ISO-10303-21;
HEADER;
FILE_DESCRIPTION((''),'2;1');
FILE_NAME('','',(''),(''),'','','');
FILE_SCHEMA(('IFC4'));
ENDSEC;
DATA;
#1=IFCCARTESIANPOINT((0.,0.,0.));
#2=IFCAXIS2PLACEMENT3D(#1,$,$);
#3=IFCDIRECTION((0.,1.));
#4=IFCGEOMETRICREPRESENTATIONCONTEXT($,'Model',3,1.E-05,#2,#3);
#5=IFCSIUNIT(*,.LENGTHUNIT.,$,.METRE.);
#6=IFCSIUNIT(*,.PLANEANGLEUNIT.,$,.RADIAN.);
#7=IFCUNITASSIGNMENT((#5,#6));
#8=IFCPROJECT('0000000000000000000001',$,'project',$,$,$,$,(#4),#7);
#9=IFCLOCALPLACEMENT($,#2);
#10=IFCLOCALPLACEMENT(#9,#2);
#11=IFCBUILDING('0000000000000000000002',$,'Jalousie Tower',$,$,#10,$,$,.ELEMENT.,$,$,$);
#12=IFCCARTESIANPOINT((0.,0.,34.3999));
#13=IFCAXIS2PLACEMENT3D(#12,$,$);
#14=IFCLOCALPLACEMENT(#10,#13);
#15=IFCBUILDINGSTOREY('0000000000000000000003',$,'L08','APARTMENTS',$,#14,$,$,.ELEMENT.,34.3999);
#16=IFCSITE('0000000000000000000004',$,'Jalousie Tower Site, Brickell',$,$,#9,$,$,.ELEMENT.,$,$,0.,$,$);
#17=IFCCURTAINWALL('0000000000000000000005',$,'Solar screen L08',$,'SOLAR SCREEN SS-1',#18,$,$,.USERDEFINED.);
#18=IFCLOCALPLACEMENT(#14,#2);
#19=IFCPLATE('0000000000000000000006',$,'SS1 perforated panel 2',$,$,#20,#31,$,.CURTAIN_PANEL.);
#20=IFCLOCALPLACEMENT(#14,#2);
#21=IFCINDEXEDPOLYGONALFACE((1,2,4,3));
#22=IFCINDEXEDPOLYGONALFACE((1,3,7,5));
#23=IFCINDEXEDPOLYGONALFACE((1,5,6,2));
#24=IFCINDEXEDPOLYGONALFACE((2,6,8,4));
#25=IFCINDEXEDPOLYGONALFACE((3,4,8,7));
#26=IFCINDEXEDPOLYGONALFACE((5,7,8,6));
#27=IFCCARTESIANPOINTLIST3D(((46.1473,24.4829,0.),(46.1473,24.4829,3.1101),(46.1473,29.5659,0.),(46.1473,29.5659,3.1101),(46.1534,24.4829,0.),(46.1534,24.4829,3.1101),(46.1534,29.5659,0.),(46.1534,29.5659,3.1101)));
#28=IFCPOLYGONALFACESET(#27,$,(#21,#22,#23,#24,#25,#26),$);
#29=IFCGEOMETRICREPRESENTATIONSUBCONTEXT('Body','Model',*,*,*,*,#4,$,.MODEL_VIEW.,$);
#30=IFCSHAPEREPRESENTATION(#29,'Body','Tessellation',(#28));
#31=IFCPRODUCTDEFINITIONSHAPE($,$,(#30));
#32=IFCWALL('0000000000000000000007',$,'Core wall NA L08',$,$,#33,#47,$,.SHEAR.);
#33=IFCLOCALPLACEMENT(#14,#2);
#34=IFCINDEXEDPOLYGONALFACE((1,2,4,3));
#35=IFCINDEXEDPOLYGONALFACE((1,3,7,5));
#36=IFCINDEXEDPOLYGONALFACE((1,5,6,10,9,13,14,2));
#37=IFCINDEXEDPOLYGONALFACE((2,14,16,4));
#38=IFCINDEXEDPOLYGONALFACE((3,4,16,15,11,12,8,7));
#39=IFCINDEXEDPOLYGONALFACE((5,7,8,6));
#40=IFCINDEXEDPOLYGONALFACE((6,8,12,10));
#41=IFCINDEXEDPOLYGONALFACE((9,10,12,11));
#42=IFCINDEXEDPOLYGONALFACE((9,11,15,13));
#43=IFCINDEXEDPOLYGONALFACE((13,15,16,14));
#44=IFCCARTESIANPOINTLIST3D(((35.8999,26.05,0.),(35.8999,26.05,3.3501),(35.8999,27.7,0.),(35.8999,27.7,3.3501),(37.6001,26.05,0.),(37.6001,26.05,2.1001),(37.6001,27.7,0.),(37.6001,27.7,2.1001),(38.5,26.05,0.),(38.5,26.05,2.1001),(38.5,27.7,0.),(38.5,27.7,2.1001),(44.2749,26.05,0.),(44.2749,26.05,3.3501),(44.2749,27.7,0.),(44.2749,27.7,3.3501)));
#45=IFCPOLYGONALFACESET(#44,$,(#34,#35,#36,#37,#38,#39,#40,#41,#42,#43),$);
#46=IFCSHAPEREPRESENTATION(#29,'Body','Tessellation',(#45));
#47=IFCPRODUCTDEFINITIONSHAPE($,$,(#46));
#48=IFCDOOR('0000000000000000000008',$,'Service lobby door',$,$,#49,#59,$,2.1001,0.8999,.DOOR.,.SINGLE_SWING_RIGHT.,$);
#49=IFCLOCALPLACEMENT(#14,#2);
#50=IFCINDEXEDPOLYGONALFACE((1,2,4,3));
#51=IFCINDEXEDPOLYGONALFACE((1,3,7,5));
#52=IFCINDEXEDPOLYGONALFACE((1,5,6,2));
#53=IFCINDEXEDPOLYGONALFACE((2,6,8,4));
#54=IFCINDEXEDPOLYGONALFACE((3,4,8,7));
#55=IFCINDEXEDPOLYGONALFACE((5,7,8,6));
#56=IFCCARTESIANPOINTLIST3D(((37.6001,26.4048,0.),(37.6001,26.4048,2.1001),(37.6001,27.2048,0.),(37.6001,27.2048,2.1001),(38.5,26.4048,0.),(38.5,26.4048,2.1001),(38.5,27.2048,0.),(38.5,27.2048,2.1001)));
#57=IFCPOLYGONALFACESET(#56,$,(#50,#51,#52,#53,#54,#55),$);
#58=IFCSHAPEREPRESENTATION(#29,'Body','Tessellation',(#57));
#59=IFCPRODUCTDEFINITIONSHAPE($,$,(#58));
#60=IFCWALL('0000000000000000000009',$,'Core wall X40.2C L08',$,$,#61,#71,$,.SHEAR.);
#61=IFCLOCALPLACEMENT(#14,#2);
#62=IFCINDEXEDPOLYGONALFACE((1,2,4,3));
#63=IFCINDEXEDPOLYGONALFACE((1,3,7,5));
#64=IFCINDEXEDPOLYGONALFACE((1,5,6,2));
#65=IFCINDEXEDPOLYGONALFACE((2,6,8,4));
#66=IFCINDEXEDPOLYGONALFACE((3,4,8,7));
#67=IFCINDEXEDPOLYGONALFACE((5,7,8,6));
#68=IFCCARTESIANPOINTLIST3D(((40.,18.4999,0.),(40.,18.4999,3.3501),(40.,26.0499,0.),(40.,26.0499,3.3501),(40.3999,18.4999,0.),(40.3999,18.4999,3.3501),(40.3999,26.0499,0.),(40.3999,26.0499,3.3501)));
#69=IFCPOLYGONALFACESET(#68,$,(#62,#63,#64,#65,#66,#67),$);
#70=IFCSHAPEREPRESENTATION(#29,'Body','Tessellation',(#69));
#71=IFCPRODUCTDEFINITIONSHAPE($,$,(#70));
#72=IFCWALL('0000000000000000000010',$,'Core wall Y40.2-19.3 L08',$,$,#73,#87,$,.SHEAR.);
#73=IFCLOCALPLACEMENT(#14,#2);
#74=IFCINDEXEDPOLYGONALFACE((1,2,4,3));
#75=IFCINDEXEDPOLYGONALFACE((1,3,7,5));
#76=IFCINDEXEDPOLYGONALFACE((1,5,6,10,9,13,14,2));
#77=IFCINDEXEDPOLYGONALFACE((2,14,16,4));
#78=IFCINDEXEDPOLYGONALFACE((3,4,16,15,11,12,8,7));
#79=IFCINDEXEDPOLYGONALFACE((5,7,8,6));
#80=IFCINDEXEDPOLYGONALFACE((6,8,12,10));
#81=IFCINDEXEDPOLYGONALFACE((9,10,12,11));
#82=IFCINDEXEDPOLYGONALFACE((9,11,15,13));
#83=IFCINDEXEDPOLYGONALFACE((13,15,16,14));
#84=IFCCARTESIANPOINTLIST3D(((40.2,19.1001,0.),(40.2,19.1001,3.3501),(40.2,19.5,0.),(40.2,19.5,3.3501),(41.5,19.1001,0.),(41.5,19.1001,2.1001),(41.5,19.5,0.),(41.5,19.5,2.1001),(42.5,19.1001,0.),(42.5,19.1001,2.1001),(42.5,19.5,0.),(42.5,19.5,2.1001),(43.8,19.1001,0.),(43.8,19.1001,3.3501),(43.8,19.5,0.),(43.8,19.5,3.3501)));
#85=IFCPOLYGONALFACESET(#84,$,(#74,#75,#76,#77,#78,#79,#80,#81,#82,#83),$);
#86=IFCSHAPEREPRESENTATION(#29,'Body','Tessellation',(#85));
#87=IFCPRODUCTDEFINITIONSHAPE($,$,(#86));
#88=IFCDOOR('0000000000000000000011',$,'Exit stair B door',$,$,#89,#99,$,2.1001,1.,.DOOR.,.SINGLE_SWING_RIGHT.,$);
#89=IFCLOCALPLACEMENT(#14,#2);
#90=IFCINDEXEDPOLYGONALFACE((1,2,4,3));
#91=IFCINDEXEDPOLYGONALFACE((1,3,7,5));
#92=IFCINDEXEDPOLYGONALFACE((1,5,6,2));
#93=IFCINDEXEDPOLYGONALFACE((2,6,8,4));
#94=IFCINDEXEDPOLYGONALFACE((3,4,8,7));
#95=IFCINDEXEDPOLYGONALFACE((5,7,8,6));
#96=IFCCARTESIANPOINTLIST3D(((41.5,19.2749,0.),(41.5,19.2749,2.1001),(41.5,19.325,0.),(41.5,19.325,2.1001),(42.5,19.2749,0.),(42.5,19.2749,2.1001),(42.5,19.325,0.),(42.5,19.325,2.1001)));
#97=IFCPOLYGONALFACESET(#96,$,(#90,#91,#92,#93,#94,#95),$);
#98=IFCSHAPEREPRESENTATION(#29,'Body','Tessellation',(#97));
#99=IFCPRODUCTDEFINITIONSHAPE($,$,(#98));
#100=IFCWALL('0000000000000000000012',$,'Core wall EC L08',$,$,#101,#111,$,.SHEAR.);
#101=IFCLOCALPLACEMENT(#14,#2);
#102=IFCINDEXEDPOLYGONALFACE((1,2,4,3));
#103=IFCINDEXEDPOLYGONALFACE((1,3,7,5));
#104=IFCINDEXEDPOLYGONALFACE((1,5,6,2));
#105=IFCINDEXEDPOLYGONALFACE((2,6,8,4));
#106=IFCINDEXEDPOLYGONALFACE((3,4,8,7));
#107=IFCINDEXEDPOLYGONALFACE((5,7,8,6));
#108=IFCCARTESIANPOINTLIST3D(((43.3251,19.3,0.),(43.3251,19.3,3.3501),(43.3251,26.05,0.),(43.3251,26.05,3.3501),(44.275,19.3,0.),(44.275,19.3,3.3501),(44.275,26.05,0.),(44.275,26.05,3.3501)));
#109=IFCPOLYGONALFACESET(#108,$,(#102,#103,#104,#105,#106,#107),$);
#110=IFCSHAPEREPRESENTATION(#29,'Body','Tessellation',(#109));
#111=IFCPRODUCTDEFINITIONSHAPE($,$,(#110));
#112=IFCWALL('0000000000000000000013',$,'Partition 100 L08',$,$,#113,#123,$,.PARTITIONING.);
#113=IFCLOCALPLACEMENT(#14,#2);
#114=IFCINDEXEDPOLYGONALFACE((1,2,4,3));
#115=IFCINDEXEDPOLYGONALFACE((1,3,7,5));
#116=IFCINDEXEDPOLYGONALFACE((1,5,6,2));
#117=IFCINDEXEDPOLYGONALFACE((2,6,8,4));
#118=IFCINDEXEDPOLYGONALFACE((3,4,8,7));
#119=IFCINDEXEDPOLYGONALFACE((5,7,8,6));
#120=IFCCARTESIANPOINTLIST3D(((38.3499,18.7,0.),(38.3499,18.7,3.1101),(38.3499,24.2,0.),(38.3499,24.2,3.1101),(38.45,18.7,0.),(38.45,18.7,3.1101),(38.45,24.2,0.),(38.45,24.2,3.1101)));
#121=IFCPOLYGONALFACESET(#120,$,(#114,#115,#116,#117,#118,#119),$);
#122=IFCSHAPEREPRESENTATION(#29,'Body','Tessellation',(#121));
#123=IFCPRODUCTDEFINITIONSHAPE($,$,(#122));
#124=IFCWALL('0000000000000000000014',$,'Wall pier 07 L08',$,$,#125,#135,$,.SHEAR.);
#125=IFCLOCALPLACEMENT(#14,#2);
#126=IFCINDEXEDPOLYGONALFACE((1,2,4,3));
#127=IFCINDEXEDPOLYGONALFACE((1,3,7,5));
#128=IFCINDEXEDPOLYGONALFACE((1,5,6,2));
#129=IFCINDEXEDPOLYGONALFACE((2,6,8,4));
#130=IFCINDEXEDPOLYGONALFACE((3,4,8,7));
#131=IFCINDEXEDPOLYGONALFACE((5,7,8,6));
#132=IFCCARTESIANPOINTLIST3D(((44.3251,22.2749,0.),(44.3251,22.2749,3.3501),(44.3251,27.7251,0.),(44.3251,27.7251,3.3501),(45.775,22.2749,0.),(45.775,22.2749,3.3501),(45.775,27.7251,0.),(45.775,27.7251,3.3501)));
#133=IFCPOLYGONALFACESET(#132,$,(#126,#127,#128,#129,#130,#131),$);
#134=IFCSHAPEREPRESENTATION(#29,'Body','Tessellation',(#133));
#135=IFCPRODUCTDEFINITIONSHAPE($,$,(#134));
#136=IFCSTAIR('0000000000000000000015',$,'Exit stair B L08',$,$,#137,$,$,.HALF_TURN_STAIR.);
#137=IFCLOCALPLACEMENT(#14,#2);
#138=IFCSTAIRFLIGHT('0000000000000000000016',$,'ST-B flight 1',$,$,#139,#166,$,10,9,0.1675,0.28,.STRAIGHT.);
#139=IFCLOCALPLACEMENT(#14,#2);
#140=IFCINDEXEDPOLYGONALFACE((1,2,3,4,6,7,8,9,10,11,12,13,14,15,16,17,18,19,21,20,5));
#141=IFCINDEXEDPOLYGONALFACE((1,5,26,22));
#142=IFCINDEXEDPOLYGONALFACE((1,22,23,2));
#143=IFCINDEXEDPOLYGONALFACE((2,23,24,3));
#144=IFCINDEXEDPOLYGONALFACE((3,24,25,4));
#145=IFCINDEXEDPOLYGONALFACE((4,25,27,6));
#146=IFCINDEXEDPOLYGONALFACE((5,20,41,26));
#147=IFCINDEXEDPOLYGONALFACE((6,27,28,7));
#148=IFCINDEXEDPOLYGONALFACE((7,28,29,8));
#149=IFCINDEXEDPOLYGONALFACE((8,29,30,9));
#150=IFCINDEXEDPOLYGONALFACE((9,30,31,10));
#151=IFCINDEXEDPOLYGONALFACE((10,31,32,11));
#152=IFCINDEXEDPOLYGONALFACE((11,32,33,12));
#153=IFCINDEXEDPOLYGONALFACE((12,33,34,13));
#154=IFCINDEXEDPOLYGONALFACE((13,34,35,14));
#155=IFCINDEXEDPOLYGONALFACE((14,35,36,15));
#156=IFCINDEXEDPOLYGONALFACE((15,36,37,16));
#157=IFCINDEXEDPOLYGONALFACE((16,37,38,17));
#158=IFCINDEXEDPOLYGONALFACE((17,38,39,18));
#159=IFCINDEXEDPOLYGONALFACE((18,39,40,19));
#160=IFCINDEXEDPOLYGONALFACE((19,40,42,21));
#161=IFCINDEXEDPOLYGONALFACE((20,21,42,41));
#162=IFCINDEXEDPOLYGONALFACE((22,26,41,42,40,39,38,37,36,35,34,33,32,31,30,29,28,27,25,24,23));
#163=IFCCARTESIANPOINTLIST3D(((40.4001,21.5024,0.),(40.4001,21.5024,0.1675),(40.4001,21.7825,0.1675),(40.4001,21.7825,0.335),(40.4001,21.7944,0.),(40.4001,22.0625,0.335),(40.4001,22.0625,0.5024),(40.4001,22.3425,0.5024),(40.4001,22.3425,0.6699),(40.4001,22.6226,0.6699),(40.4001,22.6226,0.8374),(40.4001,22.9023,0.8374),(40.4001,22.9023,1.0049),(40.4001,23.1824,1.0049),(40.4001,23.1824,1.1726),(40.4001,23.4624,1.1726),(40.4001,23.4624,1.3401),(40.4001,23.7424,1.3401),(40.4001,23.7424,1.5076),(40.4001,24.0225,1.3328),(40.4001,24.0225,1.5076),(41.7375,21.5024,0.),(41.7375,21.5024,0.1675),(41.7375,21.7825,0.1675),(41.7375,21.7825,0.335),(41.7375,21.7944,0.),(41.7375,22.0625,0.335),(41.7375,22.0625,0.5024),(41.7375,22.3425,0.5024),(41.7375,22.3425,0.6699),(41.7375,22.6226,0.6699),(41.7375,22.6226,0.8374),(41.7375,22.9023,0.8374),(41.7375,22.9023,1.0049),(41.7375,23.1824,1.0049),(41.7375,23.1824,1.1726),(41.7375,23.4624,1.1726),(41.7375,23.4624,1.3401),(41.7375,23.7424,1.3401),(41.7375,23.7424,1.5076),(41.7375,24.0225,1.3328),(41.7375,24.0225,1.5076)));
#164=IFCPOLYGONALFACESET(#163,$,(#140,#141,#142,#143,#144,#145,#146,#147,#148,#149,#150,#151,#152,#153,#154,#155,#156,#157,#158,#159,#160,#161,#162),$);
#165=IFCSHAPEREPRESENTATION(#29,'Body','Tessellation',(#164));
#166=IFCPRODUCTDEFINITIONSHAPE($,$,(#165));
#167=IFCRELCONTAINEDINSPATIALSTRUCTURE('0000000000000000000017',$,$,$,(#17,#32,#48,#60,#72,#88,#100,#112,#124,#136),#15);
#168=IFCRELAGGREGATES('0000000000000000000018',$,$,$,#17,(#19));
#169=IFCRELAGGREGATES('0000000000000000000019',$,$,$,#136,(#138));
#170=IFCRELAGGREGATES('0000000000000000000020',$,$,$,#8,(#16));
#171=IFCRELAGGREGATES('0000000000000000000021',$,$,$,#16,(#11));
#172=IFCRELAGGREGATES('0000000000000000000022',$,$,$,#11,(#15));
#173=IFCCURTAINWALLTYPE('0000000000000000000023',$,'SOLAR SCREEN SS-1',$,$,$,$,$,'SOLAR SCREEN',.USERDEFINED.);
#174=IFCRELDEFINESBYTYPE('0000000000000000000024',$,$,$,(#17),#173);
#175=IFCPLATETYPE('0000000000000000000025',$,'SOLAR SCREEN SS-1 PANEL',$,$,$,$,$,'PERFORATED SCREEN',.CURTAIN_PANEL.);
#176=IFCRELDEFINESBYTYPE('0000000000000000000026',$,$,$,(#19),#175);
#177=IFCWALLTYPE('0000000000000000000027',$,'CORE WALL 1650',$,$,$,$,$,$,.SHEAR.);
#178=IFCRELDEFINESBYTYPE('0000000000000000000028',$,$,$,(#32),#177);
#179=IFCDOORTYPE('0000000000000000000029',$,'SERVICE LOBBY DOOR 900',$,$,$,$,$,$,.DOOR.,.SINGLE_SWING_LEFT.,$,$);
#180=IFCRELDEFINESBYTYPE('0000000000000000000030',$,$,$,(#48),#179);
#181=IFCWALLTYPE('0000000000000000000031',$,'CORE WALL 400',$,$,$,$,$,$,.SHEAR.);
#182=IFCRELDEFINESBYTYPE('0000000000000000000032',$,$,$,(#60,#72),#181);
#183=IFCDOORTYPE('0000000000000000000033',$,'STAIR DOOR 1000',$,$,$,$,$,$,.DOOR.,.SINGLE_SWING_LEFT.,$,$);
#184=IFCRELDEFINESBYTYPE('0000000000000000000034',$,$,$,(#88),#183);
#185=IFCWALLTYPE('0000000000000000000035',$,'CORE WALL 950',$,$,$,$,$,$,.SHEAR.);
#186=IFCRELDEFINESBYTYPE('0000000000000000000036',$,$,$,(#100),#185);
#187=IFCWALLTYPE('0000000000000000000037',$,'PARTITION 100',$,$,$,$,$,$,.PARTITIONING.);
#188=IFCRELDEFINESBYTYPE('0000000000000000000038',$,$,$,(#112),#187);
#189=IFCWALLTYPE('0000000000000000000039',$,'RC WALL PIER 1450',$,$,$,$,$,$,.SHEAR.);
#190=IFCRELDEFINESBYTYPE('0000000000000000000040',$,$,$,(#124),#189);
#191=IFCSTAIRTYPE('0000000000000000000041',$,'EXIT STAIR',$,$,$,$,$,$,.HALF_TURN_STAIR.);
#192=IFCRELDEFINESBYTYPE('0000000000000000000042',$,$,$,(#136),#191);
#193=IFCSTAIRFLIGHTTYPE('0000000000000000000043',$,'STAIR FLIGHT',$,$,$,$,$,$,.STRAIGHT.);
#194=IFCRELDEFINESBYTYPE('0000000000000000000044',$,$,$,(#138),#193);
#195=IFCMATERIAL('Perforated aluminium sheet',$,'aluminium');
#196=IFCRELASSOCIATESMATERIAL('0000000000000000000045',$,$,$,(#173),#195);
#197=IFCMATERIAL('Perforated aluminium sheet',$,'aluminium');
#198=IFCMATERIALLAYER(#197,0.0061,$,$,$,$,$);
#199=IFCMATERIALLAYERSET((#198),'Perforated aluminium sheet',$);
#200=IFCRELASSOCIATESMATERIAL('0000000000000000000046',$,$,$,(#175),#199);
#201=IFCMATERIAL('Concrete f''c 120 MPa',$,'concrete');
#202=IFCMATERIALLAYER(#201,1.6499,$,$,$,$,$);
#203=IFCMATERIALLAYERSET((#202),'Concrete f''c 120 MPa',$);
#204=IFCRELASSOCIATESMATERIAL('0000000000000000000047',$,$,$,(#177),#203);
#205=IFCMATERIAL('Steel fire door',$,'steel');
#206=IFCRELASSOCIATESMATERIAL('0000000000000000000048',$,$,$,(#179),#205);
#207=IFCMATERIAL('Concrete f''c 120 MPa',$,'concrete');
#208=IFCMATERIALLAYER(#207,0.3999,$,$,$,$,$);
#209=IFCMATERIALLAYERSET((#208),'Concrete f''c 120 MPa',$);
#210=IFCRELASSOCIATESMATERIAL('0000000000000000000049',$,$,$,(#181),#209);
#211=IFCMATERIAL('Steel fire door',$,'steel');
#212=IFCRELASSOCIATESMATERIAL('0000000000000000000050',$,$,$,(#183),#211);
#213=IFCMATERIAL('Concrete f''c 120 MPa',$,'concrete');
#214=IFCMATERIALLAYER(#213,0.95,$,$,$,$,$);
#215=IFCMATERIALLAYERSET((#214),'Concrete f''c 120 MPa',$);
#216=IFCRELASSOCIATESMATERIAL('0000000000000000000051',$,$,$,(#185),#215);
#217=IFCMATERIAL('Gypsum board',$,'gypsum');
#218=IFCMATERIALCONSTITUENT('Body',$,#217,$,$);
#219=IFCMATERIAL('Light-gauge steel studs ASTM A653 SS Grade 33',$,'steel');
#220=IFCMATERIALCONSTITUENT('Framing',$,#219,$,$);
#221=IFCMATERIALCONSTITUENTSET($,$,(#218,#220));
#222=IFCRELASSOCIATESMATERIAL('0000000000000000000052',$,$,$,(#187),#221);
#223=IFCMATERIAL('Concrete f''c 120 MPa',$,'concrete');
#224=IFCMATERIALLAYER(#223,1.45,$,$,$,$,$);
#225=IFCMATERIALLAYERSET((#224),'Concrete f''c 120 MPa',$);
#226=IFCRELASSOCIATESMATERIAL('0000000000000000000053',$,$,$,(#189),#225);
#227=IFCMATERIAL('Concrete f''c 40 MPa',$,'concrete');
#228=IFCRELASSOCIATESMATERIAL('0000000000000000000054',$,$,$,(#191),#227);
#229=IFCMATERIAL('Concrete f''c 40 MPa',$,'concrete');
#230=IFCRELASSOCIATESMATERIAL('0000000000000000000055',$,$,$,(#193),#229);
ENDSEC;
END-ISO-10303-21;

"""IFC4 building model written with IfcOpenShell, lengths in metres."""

from ifc_helpers import new_model, si_unit, direction, frame, frame_2d, origin, origin_2d, place, context, subcontext, project, spatial, polyline, rectangle, outline, extrude, material, layer, layer_set, constituent, constituent_set, type_object, element, fill, aggregate, save


model = new_model("IFC4")

# Units and contexts
model_context = context("Model", 3, precision=1e-05, world=origin(), true_north=direction((0.0, 1.0)))
body_context = subcontext(model_context, "Body", "Model", "MODEL_VIEW")
ifc_project = project(units=[si_unit("LENGTHUNIT", "METRE"), si_unit("PLANEANGLEUNIT", "RADIAN")], contexts=[model_context])

# Site, building, storey
site_placement = place(None, origin())
site = spatial("IfcSite", under=ifc_project, at=site_placement, Name="Jalousie Tower Site, Brickell", CompositionType="ELEMENT", RefElevation=0.0)
building_placement = place(site_placement, origin())
building = spatial("IfcBuilding", under=site, at=building_placement, Name="Jalousie Tower", CompositionType="ELEMENT")
storey_placement = place(building_placement, frame((0.0, 0.0, 34.3999)))
storey = spatial("IfcBuildingStorey", under=building, at=storey_placement, Name="L08", Description="APARTMENTS", CompositionType="ELEMENT", Elevation=34.3999)

# Shared definitions
ifc_material_1 = material(Name="Perforated aluminium sheet", Category="aluminium")
curtain_wall_type = type_object("IfcCurtainWallType", Name="SOLAR SCREEN SS-1", ElementType="SOLAR SCREEN", PredefinedType="USERDEFINED", material=ifc_material_1)

# Curtain wall, plate
curtain_wall_1_placement = place(storey_placement, origin())
curtain_wall_1 = element("IfcCurtainWall", 1, at=curtain_wall_1_placement, inside=storey, type_object=curtain_wall_type, Name="Solar screen L08", ObjectType="SOLAR SCREEN SS-1", PredefinedType="USERDEFINED")
ifc_material_2 = material(Name="Perforated aluminium sheet", Category="aluminium")
ifc_layer_1 = layer(ifc_material_2, 0.0061)
ifc_layer_set_1 = layer_set([ifc_layer_1], Name="Perforated aluminium sheet")
plate_type = type_object("IfcPlateType", Name="SOLAR SCREEN SS-1 PANEL", ElementType="PERFORATED SCREEN", PredefinedType="CURTAIN_PANEL", material=ifc_layer_set_1)
plate_1_placement = place(storey_placement, frame((46.1504, 27.0244, 0.0), z_axis=(0.0, 0.0, 1.0), x_axis=(0.0, 1.0, 0.0)))
plate_1 = element("IfcPlate", 2, at=plate_1_placement, type_object=plate_type, Name="SS1 perforated panel 2", PredefinedType="CURTAIN_PANEL", context=body_context, shape_type="SweptSolid", body=[
    extrude(rectangle(XDim=5.083, YDim=0.0061, at=origin_2d()), origin(), (0.0, 0.0, 1.0), 3.1101),
])
aggregate(curtain_wall_1, [plate_1])

# Wall, opening, door
ifc_material_3 = material(Name="Concrete f'c 120 MPa", Category="concrete")
ifc_layer_2 = layer(ifc_material_3, 1.6499)
ifc_layer_set_2 = layer_set([ifc_layer_2], Name="Concrete f'c 120 MPa")
wall_type_1 = type_object("IfcWallType", Name="CORE WALL 1650", PredefinedType="SHEAR", material=ifc_layer_set_2)
wall_1_placement = place(storey_placement, frame((44.2749, 26.875, 0.0), z_axis=(0.0, 0.0, 1.0), x_axis=(-1.0, 0.0, 0.0)))
wall_1 = element("IfcWall", 3, at=wall_1_placement, inside=storey, type_object=wall_type_1, Name="Core wall NA L08", PredefinedType="SHEAR", context=body_context, shape_type="SweptSolid", body=[
    extrude(rectangle(XDim=8.375, YDim=1.6499, at=frame_2d((4.1875, 0.0))), origin(), (0.0, 0.0, 1.0), 3.3501),
])
opening_1_placement = place(wall_1_placement, frame((5.7749, 0.0, 0.0)))
opening_1 = element("IfcOpeningElement", 4, at=opening_1_placement, cuts=wall_1, PredefinedType="OPENING", context=body_context, shape_type="SweptSolid", body=[
    extrude(rectangle(XDim=0.8999, YDim=2.1001, at=frame_2d((0.45, 1.05))), frame((0.0, 0.835, 0.0), z_axis=(0.0, -1.0, 0.0), x_axis=(1.0, 0.0, 0.0)), (0.0, 0.0, 1.0), 1.6699),
])
ifc_material_4 = material(Name="Steel fire door", Category="steel")
door_type_1 = type_object("IfcDoorType", Name="SERVICE LOBBY DOOR 900", OperationType="SINGLE_SWING_LEFT", PredefinedType="DOOR", material=ifc_material_4)
door_1_placement = place(opening_1_placement, origin())
door_1 = element("IfcDoor", 5, at=door_1_placement, inside=storey, type_object=door_type_1, Name="Service lobby door", OperationType="SINGLE_SWING_RIGHT", OverallHeight=2.1001, OverallWidth=0.8999, PredefinedType="DOOR", context=body_context, shape_type="SweptSolid", body=[
    extrude(rectangle(XDim=0.8999, YDim=2.1001, at=frame_2d((0.45, 1.05))), frame((0.0, 0.4702, 0.0), z_axis=(0.0, -1.0, 0.0), x_axis=(1.0, 0.0, 0.0)), (0.0, 0.0, 1.0), 0.8),
])
fill(opening_1, door_1)

# Wall
ifc_material_5 = material(Name="Concrete f'c 120 MPa", Category="concrete")
ifc_layer_3 = layer(ifc_material_5, 0.3999)
ifc_layer_set_3 = layer_set([ifc_layer_3], Name="Concrete f'c 120 MPa")
wall_type_2 = type_object("IfcWallType", Name="CORE WALL 400", PredefinedType="SHEAR", material=ifc_layer_set_3)
wall_2_placement = place(storey_placement, frame((40.2, 18.5, 0.0), z_axis=(0.0, 0.0, 1.0), x_axis=(0.0, 1.0, 0.0)))
element("IfcWall", 6, at=wall_2_placement, inside=storey, type_object=wall_type_2, Name="Core wall X40.2C L08", PredefinedType="SHEAR", context=body_context, shape_type="SweptSolid", body=[
    extrude(rectangle(XDim=7.55, YDim=0.3999, at=frame_2d((3.7749, 0.0))), origin(), (0.0, 0.0, 1.0), 3.3501),
])

# Wall, opening, door
wall_3_placement = place(storey_placement, frame((40.2, 19.3, 0.0), z_axis=(0.0, 0.0, 1.0), x_axis=(1.0, 0.0, 0.0)))
wall_3 = element("IfcWall", 7, at=wall_3_placement, inside=storey, type_object=wall_type_2, Name="Core wall Y40.2-19.3 L08", PredefinedType="SHEAR", context=body_context, shape_type="SweptSolid", body=[
    extrude(rectangle(XDim=3.6001, YDim=0.3999, at=frame_2d((1.8, 0.0))), origin(), (0.0, 0.0, 1.0), 3.3501),
])
opening_2_placement = place(wall_3_placement, frame((1.3, 0.0, 0.0)))
opening_2 = element("IfcOpeningElement", 8, at=opening_2_placement, cuts=wall_3, PredefinedType="OPENING", context=body_context, shape_type="SweptSolid", body=[
    extrude(rectangle(XDim=1.0, YDim=2.1001, at=frame_2d((0.5, 1.05))), frame((0.0, 0.21, 0.0), z_axis=(0.0, -1.0, 0.0), x_axis=(1.0, 0.0, 0.0)), (0.0, 0.0, 1.0), 0.4199),
])
ifc_material_6 = material(Name="Steel fire door", Category="steel")
door_type_2 = type_object("IfcDoorType", Name="STAIR DOOR 1000", OperationType="SINGLE_SWING_LEFT", PredefinedType="DOOR", material=ifc_material_6)
door_2_placement = place(opening_2_placement, origin())
door_2 = element("IfcDoor", 9, at=door_2_placement, inside=storey, type_object=door_type_2, Name="Exit stair B door", OperationType="SINGLE_SWING_RIGHT", OverallHeight=2.1001, OverallWidth=1.0, PredefinedType="DOOR", context=body_context, shape_type="SweptSolid", body=[
    extrude(rectangle(XDim=1.0, YDim=2.1001, at=frame_2d((0.5, 1.05))), frame((0.0, 0.0249, 0.0), z_axis=(0.0, -1.0, 0.0), x_axis=(1.0, 0.0, 0.0)), (0.0, 0.0, 1.0), 0.05),
])
fill(opening_2, door_2)

# Walls
ifc_material_7 = material(Name="Concrete f'c 120 MPa", Category="concrete")
ifc_layer_4 = layer(ifc_material_7, 0.95)
ifc_layer_set_4 = layer_set([ifc_layer_4], Name="Concrete f'c 120 MPa")
wall_type_3 = type_object("IfcWallType", Name="CORE WALL 950", PredefinedType="SHEAR", material=ifc_layer_set_4)
wall_4_placement = place(storey_placement, frame((43.8, 19.3, 0.0), z_axis=(0.0, 0.0, 1.0), x_axis=(0.0, 1.0, 0.0)))
element("IfcWall", 10, at=wall_4_placement, inside=storey, type_object=wall_type_3, Name="Core wall EC L08", PredefinedType="SHEAR", context=body_context, shape_type="SweptSolid", body=[
    extrude(rectangle(XDim=6.75, YDim=0.95, at=frame_2d((3.375, 0.0))), origin(), (0.0, 0.0, 1.0), 3.3501),
])
ifc_material_8 = material(Name="Gypsum board", Category="gypsum")
ifc_constituent_1 = constituent(ifc_material_8, Name="Body")
ifc_material_9 = material(Name="Light-gauge steel studs ASTM A653 SS Grade 33", Category="steel")
ifc_constituent_2 = constituent(ifc_material_9, Name="Framing")
ifc_constituent_set_1 = constituent_set(constituents=[ifc_constituent_1, ifc_constituent_2])
wall_type_4 = type_object("IfcWallType", Name="PARTITION 100", PredefinedType="PARTITIONING", material=ifc_constituent_set_1)
wall_5_placement = place(storey_placement, frame((38.3999, 18.7, 0.0), z_axis=(0.0, 0.0, 1.0), x_axis=(0.0, 1.0, 0.0)))
element("IfcWall", 11, at=wall_5_placement, inside=storey, type_object=wall_type_4, Name="Partition 100 L08", PredefinedType="PARTITIONING", context=body_context, shape_type="SweptSolid", body=[
    extrude(rectangle(XDim=5.5, YDim=0.1001, at=frame_2d((2.75, 0.0))), origin(), (0.0, 0.0, 1.0), 3.1101),
])
ifc_material_10 = material(Name="Concrete f'c 120 MPa", Category="concrete")
ifc_layer_5 = layer(ifc_material_10, 1.45)
ifc_layer_set_5 = layer_set([ifc_layer_5], Name="Concrete f'c 120 MPa")
wall_type_5 = type_object("IfcWallType", Name="RC WALL PIER 1450", PredefinedType="SHEAR", material=ifc_layer_set_5)
wall_6_placement = place(storey_placement, frame((45.05, 22.2749, 0.0), z_axis=(0.0, 0.0, 1.0), x_axis=(0.0, 1.0, 0.0)))
element("IfcWall", 12, at=wall_6_placement, inside=storey, type_object=wall_type_5, Name="Wall pier 07 L08", PredefinedType="SHEAR", context=body_context, shape_type="SweptSolid", body=[
    extrude(rectangle(XDim=5.4502, YDim=1.45, at=frame_2d((2.7251, 0.0))), origin(), (0.0, 0.0, 1.0), 3.3501),
])

# Stair, stair flight
ifc_material_11 = material(Name="Concrete f'c 40 MPa", Category="concrete")
stair_type = type_object("IfcStairType", Name="EXIT STAIR", PredefinedType="HALF_TURN_STAIR", material=ifc_material_11)
stair_placement = place(storey_placement, origin())
stair = element("IfcStair", 13, at=stair_placement, inside=storey, type_object=stair_type, Name="Exit stair B L08", PredefinedType="HALF_TURN_STAIR")
ifc_material_12 = material(Name="Concrete f'c 40 MPa", Category="concrete")
stair_flight_type = type_object("IfcStairFlightType", Name="STAIR FLIGHT", PredefinedType="STRAIGHT", material=ifc_material_12)
stair_flight_1_placement = place(storey_placement, frame((41.0688, 21.5024, 0.0), z_axis=(0.0, 0.0, 1.0), x_axis=(0.0, 1.0, 0.0)))
stair_flight_1 = element("IfcStairFlight", 14, at=stair_flight_1_placement, type_object=stair_flight_type, Name="ST-B flight 1", NumberOfRisers=10, NumberOfTreads=9, PredefinedType="STRAIGHT", RiserHeight=0.1675, TreadLength=0.28, context=body_context, shape_type="SweptSolid", body=[
    extrude(outline(polyline([(0.0, 0.0), (0.0, 0.1675), (0.28, 0.1675), (0.28, 0.335), (0.5601, 0.335), (0.5601, 0.5024), (0.8401, 0.5024), (0.8401, 0.6699), (1.1201, 0.6699), (1.1201, 0.8374), (1.3999, 0.8374), (1.3999, 1.0049), (1.6799, 1.0049), (1.6799, 1.1726), (1.96, 1.1726), (1.96, 1.3401), (2.24, 1.3401), (2.24, 1.5076), (2.52, 1.5076), (2.52, 1.675), (2.52, 1.3328), (0.292, 0.0), (0.0, 0.0)])), frame((0.0, 0.6687, 0.0), z_axis=(0.0, -1.0, 0.0), x_axis=(1.0, 0.0, 0.0)), (0.0, 0.0, 1.0), 1.3374),
])
aggregate(stair, [stair_flight_1])

save(model, "model.ifc")
